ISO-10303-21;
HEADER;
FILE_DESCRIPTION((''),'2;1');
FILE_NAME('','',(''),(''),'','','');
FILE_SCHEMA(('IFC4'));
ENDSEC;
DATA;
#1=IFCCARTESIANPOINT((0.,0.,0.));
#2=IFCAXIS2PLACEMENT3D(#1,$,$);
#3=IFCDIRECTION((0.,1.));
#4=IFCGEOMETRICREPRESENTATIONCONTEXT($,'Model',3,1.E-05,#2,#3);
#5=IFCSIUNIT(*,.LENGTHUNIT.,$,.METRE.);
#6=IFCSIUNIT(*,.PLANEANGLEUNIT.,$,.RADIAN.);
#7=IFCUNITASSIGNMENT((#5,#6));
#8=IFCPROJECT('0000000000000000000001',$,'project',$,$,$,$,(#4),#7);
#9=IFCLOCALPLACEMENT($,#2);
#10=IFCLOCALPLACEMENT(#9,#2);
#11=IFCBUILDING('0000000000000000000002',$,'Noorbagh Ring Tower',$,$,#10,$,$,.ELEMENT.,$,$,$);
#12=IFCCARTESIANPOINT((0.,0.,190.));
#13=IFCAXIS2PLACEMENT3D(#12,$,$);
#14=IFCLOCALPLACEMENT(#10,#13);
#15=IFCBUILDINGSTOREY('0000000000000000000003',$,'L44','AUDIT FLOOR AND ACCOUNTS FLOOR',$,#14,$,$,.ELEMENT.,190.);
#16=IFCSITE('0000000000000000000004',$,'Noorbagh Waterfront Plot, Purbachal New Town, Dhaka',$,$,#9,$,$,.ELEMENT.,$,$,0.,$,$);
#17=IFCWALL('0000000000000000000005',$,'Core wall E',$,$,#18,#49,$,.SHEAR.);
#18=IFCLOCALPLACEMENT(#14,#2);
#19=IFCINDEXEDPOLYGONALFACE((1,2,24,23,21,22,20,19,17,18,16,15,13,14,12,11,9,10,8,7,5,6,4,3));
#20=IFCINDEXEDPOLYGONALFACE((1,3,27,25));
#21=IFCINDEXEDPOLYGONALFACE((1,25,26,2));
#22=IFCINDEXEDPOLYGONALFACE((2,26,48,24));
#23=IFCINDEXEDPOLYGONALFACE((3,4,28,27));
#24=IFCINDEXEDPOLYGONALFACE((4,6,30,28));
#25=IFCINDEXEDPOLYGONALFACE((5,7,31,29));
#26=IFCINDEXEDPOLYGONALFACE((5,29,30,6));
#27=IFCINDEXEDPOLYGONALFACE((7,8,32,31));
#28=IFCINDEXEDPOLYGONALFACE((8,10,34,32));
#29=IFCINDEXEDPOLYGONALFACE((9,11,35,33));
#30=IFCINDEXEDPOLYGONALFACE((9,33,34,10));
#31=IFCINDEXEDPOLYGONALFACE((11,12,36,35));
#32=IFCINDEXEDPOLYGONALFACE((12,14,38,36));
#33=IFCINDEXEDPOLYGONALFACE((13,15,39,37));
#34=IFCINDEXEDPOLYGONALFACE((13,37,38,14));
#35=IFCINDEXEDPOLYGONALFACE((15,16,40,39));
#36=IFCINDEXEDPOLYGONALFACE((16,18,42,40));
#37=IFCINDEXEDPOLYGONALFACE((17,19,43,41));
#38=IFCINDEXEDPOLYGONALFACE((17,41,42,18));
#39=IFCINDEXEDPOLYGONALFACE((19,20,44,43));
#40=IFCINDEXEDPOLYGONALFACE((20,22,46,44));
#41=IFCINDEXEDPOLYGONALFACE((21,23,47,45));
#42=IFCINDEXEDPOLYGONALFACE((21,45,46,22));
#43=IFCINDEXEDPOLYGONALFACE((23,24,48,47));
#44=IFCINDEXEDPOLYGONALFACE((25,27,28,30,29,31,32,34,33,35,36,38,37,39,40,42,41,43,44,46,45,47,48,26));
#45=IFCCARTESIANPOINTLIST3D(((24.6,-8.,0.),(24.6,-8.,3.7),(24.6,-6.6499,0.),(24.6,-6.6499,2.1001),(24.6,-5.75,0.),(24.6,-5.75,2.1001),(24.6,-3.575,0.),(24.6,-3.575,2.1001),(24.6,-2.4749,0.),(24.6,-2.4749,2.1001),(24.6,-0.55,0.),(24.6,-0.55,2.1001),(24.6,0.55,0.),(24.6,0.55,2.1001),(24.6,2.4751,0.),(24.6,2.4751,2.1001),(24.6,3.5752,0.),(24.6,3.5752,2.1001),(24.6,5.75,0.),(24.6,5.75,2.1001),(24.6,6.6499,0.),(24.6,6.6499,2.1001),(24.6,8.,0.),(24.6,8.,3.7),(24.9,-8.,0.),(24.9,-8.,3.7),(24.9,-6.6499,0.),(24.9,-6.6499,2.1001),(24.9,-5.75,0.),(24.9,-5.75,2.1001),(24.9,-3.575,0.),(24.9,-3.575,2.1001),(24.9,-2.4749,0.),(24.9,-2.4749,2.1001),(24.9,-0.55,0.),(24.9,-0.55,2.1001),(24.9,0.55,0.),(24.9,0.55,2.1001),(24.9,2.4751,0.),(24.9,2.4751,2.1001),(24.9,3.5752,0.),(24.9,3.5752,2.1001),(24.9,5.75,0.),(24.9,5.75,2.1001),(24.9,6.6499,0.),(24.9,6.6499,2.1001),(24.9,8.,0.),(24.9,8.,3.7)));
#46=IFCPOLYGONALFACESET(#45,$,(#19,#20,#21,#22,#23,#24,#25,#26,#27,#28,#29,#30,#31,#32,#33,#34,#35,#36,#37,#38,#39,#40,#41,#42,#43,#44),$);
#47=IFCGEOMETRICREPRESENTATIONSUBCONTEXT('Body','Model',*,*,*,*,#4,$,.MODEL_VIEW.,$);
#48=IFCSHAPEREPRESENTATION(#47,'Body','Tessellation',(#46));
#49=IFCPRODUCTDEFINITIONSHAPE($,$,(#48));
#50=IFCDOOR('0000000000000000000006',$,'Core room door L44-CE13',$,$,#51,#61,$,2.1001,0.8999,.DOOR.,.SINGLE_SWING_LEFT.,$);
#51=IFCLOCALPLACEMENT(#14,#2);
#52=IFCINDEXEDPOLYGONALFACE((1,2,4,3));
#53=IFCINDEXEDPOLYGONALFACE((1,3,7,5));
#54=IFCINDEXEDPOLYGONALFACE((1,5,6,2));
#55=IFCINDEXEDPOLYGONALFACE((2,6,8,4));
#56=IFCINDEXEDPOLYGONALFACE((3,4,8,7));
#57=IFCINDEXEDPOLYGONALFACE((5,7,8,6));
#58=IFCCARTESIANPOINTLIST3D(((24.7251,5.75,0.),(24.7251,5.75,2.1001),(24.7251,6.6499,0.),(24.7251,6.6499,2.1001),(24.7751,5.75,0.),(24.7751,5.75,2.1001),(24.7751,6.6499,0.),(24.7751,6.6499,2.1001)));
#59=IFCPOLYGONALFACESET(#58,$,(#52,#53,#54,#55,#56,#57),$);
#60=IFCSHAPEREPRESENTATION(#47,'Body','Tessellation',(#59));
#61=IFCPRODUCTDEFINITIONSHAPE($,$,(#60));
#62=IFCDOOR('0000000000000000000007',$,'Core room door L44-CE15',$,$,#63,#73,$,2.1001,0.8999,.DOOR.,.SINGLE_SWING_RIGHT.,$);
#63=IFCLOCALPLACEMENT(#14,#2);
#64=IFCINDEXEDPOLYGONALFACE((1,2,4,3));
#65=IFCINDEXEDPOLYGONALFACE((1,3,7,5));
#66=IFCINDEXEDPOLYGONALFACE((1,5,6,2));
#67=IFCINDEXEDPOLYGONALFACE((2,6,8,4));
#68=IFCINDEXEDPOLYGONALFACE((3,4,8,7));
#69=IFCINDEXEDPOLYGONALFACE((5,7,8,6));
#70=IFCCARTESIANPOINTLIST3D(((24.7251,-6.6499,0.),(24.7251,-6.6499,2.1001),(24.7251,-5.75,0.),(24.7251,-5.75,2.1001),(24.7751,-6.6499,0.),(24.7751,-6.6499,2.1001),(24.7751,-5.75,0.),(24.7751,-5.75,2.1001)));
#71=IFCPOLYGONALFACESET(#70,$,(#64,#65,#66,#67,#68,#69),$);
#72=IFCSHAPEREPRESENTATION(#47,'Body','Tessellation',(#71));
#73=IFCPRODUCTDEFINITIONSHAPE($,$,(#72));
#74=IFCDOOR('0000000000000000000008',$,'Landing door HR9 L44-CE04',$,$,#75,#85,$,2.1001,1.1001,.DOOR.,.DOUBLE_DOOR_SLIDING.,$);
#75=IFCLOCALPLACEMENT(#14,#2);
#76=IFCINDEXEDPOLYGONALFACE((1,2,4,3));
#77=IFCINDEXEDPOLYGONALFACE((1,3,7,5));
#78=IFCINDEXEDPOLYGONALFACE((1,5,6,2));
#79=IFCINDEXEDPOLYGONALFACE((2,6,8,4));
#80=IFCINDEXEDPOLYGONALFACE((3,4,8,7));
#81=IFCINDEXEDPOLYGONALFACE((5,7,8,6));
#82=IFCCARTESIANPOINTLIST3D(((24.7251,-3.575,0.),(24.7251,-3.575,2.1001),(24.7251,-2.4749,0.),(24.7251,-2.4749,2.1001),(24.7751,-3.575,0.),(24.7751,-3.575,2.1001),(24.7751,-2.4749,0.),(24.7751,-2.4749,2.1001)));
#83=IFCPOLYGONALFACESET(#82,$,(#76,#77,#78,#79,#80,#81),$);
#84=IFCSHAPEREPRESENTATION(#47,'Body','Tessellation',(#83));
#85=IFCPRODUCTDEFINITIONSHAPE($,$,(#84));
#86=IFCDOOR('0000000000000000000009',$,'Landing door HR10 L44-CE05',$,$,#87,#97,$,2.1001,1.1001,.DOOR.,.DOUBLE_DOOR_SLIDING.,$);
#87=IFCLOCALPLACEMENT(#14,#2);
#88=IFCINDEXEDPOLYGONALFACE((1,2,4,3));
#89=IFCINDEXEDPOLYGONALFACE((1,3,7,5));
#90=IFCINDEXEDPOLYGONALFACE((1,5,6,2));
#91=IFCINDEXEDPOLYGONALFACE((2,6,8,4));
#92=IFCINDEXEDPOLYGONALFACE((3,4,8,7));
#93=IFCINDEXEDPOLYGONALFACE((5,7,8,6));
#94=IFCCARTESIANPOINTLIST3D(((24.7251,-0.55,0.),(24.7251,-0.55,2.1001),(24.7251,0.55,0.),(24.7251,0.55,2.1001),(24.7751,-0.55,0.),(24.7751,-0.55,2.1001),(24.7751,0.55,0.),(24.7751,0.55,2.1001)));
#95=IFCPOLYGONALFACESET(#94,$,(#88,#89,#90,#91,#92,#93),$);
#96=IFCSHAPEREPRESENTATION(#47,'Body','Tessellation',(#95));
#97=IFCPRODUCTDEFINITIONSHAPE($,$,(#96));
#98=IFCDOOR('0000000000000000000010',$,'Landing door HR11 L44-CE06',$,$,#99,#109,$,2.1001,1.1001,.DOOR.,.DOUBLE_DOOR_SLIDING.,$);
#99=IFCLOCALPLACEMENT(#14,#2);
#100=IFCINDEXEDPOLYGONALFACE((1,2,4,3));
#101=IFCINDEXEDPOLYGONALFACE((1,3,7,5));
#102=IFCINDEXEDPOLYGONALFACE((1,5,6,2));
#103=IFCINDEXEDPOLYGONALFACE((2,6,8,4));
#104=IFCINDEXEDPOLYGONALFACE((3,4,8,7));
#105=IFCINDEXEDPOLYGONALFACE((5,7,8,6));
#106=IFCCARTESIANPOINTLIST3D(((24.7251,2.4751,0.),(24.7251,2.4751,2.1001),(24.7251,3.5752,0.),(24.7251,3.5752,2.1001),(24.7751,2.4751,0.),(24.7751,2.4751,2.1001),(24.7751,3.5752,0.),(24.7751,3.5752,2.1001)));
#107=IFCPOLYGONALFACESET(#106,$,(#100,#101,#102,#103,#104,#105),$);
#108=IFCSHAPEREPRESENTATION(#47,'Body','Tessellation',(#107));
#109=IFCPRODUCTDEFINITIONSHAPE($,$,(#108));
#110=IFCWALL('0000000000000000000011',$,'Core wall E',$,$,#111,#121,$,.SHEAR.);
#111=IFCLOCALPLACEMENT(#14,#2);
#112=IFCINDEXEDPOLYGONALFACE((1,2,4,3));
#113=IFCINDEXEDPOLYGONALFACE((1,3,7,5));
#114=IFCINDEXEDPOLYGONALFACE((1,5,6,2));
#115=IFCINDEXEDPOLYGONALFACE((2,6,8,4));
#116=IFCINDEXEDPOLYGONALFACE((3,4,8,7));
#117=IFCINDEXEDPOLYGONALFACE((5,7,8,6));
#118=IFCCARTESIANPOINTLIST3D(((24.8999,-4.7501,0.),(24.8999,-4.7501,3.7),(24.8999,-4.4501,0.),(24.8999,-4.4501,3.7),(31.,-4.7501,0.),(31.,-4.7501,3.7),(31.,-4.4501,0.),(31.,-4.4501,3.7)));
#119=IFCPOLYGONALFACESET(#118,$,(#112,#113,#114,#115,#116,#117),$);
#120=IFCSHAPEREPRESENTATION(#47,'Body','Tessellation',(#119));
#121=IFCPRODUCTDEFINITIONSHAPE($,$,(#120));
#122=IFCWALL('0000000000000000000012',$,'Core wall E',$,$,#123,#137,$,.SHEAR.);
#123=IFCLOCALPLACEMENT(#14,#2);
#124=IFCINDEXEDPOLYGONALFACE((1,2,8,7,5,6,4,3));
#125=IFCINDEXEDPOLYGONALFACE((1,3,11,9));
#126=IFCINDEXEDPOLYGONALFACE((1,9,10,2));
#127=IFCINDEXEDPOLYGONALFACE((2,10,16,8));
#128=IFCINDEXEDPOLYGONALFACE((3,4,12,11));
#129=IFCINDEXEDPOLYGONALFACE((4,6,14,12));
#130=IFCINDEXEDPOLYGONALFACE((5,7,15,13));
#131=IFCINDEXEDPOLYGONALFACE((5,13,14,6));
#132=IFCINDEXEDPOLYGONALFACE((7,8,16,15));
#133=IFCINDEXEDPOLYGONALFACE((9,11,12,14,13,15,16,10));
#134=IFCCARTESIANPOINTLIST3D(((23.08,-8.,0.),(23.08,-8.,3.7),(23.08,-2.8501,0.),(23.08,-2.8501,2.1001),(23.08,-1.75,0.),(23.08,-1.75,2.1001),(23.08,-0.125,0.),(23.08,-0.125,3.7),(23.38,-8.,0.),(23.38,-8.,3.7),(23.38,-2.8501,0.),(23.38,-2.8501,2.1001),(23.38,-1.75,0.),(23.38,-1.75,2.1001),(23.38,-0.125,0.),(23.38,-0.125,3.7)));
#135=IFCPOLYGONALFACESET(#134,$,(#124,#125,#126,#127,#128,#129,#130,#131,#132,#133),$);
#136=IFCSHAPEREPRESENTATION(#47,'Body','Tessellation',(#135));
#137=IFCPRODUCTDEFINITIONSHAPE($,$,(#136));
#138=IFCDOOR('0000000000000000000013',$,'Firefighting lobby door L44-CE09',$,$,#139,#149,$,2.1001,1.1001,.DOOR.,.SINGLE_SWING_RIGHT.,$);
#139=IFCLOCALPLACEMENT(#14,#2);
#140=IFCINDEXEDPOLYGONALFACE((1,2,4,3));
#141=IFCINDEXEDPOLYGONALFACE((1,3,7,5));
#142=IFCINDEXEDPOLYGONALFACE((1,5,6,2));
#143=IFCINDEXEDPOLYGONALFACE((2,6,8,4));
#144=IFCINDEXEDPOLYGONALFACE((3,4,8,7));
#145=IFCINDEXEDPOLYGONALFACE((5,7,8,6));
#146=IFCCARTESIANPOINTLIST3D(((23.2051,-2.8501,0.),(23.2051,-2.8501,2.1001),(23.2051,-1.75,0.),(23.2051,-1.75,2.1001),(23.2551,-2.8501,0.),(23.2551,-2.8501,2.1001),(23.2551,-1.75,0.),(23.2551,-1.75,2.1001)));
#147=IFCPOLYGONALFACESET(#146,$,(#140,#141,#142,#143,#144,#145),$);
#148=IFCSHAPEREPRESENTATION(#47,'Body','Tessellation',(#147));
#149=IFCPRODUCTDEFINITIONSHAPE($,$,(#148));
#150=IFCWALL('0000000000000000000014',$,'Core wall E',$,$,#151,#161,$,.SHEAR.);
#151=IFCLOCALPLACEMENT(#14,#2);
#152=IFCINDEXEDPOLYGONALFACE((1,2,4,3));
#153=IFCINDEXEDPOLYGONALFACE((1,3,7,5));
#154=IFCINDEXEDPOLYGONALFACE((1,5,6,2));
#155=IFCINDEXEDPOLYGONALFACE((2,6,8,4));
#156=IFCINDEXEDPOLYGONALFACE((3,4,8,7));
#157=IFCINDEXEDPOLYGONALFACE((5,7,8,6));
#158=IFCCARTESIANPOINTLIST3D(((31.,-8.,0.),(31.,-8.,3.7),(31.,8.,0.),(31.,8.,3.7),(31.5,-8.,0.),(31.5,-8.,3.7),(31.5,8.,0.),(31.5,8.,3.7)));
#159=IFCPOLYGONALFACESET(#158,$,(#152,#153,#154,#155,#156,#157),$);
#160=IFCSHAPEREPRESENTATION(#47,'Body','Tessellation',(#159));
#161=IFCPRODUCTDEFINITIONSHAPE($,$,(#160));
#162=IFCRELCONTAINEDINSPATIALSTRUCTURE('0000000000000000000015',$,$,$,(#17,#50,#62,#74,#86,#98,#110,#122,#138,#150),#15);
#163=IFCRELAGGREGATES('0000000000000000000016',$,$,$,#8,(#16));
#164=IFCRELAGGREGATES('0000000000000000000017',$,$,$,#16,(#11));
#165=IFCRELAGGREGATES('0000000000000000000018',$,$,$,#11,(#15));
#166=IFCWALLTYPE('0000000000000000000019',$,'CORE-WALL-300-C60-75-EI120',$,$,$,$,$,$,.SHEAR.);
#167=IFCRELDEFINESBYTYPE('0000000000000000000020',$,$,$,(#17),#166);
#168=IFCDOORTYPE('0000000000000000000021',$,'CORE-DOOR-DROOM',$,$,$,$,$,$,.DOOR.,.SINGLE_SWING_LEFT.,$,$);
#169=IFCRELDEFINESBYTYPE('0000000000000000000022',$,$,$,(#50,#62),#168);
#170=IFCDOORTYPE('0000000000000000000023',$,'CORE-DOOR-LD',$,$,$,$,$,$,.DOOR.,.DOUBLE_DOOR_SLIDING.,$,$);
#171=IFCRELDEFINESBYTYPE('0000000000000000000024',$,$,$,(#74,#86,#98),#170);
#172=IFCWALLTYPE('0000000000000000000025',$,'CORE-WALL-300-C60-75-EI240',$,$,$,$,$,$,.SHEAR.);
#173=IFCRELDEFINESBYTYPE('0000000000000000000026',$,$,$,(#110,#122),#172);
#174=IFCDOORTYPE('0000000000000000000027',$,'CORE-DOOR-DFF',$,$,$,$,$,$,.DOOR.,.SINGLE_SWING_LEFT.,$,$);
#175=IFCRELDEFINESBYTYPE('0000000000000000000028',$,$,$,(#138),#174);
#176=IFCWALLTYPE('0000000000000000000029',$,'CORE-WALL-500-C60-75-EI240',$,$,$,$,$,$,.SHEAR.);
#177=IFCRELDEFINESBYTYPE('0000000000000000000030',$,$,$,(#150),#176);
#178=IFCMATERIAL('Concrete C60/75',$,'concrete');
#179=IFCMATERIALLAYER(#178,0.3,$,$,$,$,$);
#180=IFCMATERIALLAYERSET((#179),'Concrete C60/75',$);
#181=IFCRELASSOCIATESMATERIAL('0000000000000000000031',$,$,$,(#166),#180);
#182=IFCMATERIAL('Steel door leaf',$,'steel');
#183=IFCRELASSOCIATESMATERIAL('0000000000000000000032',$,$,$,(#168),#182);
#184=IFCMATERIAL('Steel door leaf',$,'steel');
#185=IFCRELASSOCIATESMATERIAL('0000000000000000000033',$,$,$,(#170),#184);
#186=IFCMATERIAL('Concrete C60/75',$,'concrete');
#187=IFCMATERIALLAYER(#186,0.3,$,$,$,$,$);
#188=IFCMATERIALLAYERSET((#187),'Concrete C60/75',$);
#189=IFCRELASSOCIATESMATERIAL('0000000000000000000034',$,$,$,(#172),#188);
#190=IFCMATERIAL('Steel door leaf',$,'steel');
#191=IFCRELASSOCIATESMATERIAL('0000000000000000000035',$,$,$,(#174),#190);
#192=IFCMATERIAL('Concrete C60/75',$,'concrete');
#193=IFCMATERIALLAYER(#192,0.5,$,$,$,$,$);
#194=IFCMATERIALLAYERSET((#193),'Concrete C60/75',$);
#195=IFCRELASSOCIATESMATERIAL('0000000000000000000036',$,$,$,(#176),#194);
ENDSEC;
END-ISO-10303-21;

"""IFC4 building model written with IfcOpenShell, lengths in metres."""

from ifc_helpers import new_model, si_unit, direction, frame, frame_2d, origin, place, context, subcontext, project, spatial, rectangle, extrude, material, layer, layer_set, type_object, element, fill, save


model = new_model("IFC4")

# Units and contexts
model_context = context("Model", 3, precision=1e-05, world=origin(), true_north=direction((0.0, 1.0)))
body_context = subcontext(model_context, "Body", "Model", "MODEL_VIEW")
ifc_project = project(units=[si_unit("LENGTHUNIT", "METRE"), si_unit("PLANEANGLEUNIT", "RADIAN")], contexts=[model_context])

# Site, building, storey
site_placement = place(None, origin())
site = spatial("IfcSite", under=ifc_project, at=site_placement, Name="Noorbagh Waterfront Plot, Purbachal New Town, Dhaka", CompositionType="ELEMENT", RefElevation=0.0)
building_placement = place(site_placement, origin())
building = spatial("IfcBuilding", under=site, at=building_placement, Name="Noorbagh Ring Tower", CompositionType="ELEMENT")
storey_placement = place(building_placement, frame((0.0, 0.0, 190.0)))
storey = spatial("IfcBuildingStorey", under=building, at=storey_placement, Name="L44", Description="AUDIT FLOOR AND ACCOUNTS FLOOR", CompositionType="ELEMENT", Elevation=190.0)

# Shared definitions
ifc_material_1 = material(Name="Concrete C60/75", Category="concrete")
ifc_layer_1 = layer(ifc_material_1, 0.3)
ifc_layer_set_1 = layer_set([ifc_layer_1], Name="Concrete C60/75")
wall_type_1 = type_object("IfcWallType", Name="CORE-WALL-300-C60-75-EI120", PredefinedType="SHEAR", material=ifc_layer_set_1)

# Wall, openings, doors
wall_1_placement = place(storey_placement, frame((24.75, -8.0, 0.0), z_axis=(0.0, 0.0, 1.0), x_axis=(0.0, 1.0, 0.0)))
wall_1 = element("IfcWall", 1, at=wall_1_placement, inside=storey, type_object=wall_type_1, Name="Core wall E", PredefinedType="SHEAR", context=body_context, shape_type="SweptSolid", body=[
    extrude(rectangle(XDim=16.0, YDim=0.3, at=frame_2d((8.0, 0.0))), origin(), (0.0, 0.0, 1.0), 3.7),
])
opening_1_placement = place(wall_1_placement, frame((4.425, 0.0, 0.0)))
opening_1 = element("IfcOpeningElement", 2, at=opening_1_placement, cuts=wall_1, PredefinedType="OPENING", context=body_context, shape_type="SweptSolid", body=[
    extrude(rectangle(XDim=1.1001, YDim=2.1001, at=frame_2d((0.55, 1.05))), frame((0.0, 0.1602, 0.0), z_axis=(0.0, -1.0, 0.0), x_axis=(1.0, 0.0, 0.0)), (0.0, 0.0, 1.0), 0.3201),
])
opening_2_placement = place(wall_1_placement, frame((7.45, 0.0, 0.0)))
opening_2 = element("IfcOpeningElement", 3, at=opening_2_placement, cuts=wall_1, PredefinedType="OPENING", context=body_context, shape_type="SweptSolid", body=[
    extrude(rectangle(XDim=1.1001, YDim=2.1001, at=frame_2d((0.55, 1.05))), frame((0.0, 0.1602, 0.0), z_axis=(0.0, -1.0, 0.0), x_axis=(1.0, 0.0, 0.0)), (0.0, 0.0, 1.0), 0.3201),
])
opening_3_placement = place(wall_1_placement, frame((10.4751, 0.0, 0.0)))
opening_3 = element("IfcOpeningElement", 4, at=opening_3_placement, cuts=wall_1, PredefinedType="OPENING", context=body_context, shape_type="SweptSolid", body=[
    extrude(rectangle(XDim=1.1001, YDim=2.1001, at=frame_2d((0.55, 1.05))), frame((0.0, 0.1602, 0.0), z_axis=(0.0, -1.0, 0.0), x_axis=(1.0, 0.0, 0.0)), (0.0, 0.0, 1.0), 0.3201),
])
opening_4_placement = place(wall_1_placement, frame((13.75, 0.0, 0.0)))
opening_4 = element("IfcOpeningElement", 5, at=opening_4_placement, cuts=wall_1, PredefinedType="OPENING", context=body_context, shape_type="SweptSolid", body=[
    extrude(rectangle(XDim=0.8999, YDim=2.1001, at=frame_2d((0.45, 1.05))), frame((0.0, 0.1602, 0.0), z_axis=(0.0, -1.0, 0.0), x_axis=(1.0, 0.0, 0.0)), (0.0, 0.0, 1.0), 0.3201),
])
opening_5_placement = place(wall_1_placement, frame((1.3501, 0.0, 0.0)))
opening_5 = element("IfcOpeningElement", 6, at=opening_5_placement, cuts=wall_1, PredefinedType="OPENING", context=body_context, shape_type="SweptSolid", body=[
    extrude(rectangle(XDim=0.8999, YDim=2.1001, at=frame_2d((0.45, 1.05))), frame((0.0, 0.1602, 0.0), z_axis=(0.0, -1.0, 0.0), x_axis=(1.0, 0.0, 0.0)), (0.0, 0.0, 1.0), 0.3201),
])
ifc_material_2 = material(Name="Steel door leaf", Category="steel")
door_type_1 = type_object("IfcDoorType", Name="CORE-DOOR-DROOM", OperationType="SINGLE_SWING_LEFT", PredefinedType="DOOR", material=ifc_material_2)
door_1_placement = place(opening_4_placement, origin())
door_1 = element("IfcDoor", 7, at=door_1_placement, inside=storey, type_object=door_type_1, Name="Core room door L44-CE13", OperationType="SINGLE_SWING_LEFT", OverallHeight=2.1001, OverallWidth=0.8999, PredefinedType="DOOR", context=body_context, shape_type="SweptSolid", body=[
    extrude(rectangle(XDim=0.8999, YDim=2.1001, at=frame_2d((0.45, 1.05))), frame((0.0, 0.0249, 0.0), z_axis=(0.0, -1.0, 0.0), x_axis=(1.0, 0.0, 0.0)), (0.0, 0.0, 1.0), 0.05),
])
fill(opening_4, door_1)
door_2_placement = place(opening_5_placement, origin())
door_2 = element("IfcDoor", 8, at=door_2_placement, inside=storey, type_object=door_type_1, Name="Core room door L44-CE15", OperationType="SINGLE_SWING_RIGHT", OverallHeight=2.1001, OverallWidth=0.8999, PredefinedType="DOOR", context=body_context, shape_type="SweptSolid", body=[
    extrude(rectangle(XDim=0.8999, YDim=2.1001, at=frame_2d((0.45, 1.05))), frame((0.0, 0.0249, 0.0), z_axis=(0.0, -1.0, 0.0), x_axis=(1.0, 0.0, 0.0)), (0.0, 0.0, 1.0), 0.05),
])
fill(opening_5, door_2)
ifc_material_3 = material(Name="Steel door leaf", Category="steel")
door_type_2 = type_object("IfcDoorType", Name="CORE-DOOR-LD", OperationType="DOUBLE_DOOR_SLIDING", PredefinedType="DOOR", material=ifc_material_3)
door_3_placement = place(opening_1_placement, origin())
door_3 = element("IfcDoor", 9, at=door_3_placement, inside=storey, type_object=door_type_2, Name="Landing door HR9 L44-CE04", OperationType="DOUBLE_DOOR_SLIDING", OverallHeight=2.1001, OverallWidth=1.1001, PredefinedType="DOOR", context=body_context, shape_type="SweptSolid", body=[
    extrude(rectangle(XDim=1.1001, YDim=2.1001, at=frame_2d((0.55, 1.05))), frame((0.0, 0.0249, 0.0), z_axis=(0.0, -1.0, 0.0), x_axis=(1.0, 0.0, 0.0)), (0.0, 0.0, 1.0), 0.05),
])
fill(opening_1, door_3)
door_4_placement = place(opening_2_placement, origin())
door_4 = element("IfcDoor", 10, at=door_4_placement, inside=storey, type_object=door_type_2, Name="Landing door HR10 L44-CE05", OperationType="DOUBLE_DOOR_SLIDING", OverallHeight=2.1001, OverallWidth=1.1001, PredefinedType="DOOR", context=body_context, shape_type="SweptSolid", body=[
    extrude(rectangle(XDim=1.1001, YDim=2.1001, at=frame_2d((0.55, 1.05))), frame((0.0, 0.0249, 0.0), z_axis=(0.0, -1.0, 0.0), x_axis=(1.0, 0.0, 0.0)), (0.0, 0.0, 1.0), 0.05),
])
fill(opening_2, door_4)
door_5_placement = place(opening_3_placement, origin())
door_5 = element("IfcDoor", 11, at=door_5_placement, inside=storey, type_object=door_type_2, Name="Landing door HR11 L44-CE06", OperationType="DOUBLE_DOOR_SLIDING", OverallHeight=2.1001, OverallWidth=1.1001, PredefinedType="DOOR", context=body_context, shape_type="SweptSolid", body=[
    extrude(rectangle(XDim=1.1001, YDim=2.1001, at=frame_2d((0.55, 1.05))), frame((0.0, 0.0249, 0.0), z_axis=(0.0, -1.0, 0.0), x_axis=(1.0, 0.0, 0.0)), (0.0, 0.0, 1.0), 0.05),
])
fill(opening_3, door_5)

# Wall
ifc_material_4 = material(Name="Concrete C60/75", Category="concrete")
ifc_layer_2 = layer(ifc_material_4, 0.3)
ifc_layer_set_2 = layer_set([ifc_layer_2], Name="Concrete C60/75")
wall_type_2 = type_object("IfcWallType", Name="CORE-WALL-300-C60-75-EI240", PredefinedType="SHEAR", material=ifc_layer_set_2)
wall_2_placement = place(storey_placement, frame((24.8999, -4.6001, 0.0), z_axis=(0.0, 0.0, 1.0), x_axis=(1.0, 0.0, 0.0)))
element("IfcWall", 12, at=wall_2_placement, inside=storey, type_object=wall_type_2, Name="Core wall E", PredefinedType="SHEAR", context=body_context, shape_type="SweptSolid", body=[
    extrude(rectangle(XDim=6.1001, YDim=0.3, at=frame_2d((3.05, 0.0))), origin(), (0.0, 0.0, 1.0), 3.7),
])

# Wall, opening, door
wall_3_placement = place(storey_placement, frame((23.23, -8.0, 0.0), z_axis=(0.0, 0.0, 1.0), x_axis=(0.0, 1.0, 0.0)))
wall_3 = element("IfcWall", 13, at=wall_3_placement, inside=storey, type_object=wall_type_2, Name="Core wall E", PredefinedType="SHEAR", context=body_context, shape_type="SweptSolid", body=[
    extrude(rectangle(XDim=7.875, YDim=0.3, at=frame_2d((3.9375, 0.0))), origin(), (0.0, 0.0, 1.0), 3.7),
])
opening_6_placement = place(wall_3_placement, frame((5.1499, 0.0, 0.0)))
opening_6 = element("IfcOpeningElement", 14, at=opening_6_placement, cuts=wall_3, PredefinedType="OPENING", context=body_context, shape_type="SweptSolid", body=[
    extrude(rectangle(XDim=1.1001, YDim=2.1001, at=frame_2d((0.55, 1.05))), frame((0.0, 0.1602, 0.0), z_axis=(0.0, -1.0, 0.0), x_axis=(1.0, 0.0, 0.0)), (0.0, 0.0, 1.0), 0.3201),
])
ifc_material_5 = material(Name="Steel door leaf", Category="steel")
door_type_3 = type_object("IfcDoorType", Name="CORE-DOOR-DFF", OperationType="SINGLE_SWING_LEFT", PredefinedType="DOOR", material=ifc_material_5)
door_6_placement = place(opening_6_placement, origin())
door_6 = element("IfcDoor", 15, at=door_6_placement, inside=storey, type_object=door_type_3, Name="Firefighting lobby door L44-CE09", OperationType="SINGLE_SWING_RIGHT", OverallHeight=2.1001, OverallWidth=1.1001, PredefinedType="DOOR", context=body_context, shape_type="SweptSolid", body=[
    extrude(rectangle(XDim=1.1001, YDim=2.1001, at=frame_2d((0.55, 1.05))), frame((0.0, 0.0249, 0.0), z_axis=(0.0, -1.0, 0.0), x_axis=(1.0, 0.0, 0.0)), (0.0, 0.0, 1.0), 0.05),
])
fill(opening_6, door_6)

# Wall
ifc_material_6 = material(Name="Concrete C60/75", Category="concrete")
ifc_layer_3 = layer(ifc_material_6, 0.5)
ifc_layer_set_3 = layer_set([ifc_layer_3], Name="Concrete C60/75")
wall_type_3 = type_object("IfcWallType", Name="CORE-WALL-500-C60-75-EI240", PredefinedType="SHEAR", material=ifc_layer_set_3)
wall_4_placement = place(storey_placement, frame((31.25, -8.0, 0.0), z_axis=(0.0, 0.0, 1.0), x_axis=(0.0, 1.0, 0.0)))
element("IfcWall", 16, at=wall_4_placement, inside=storey, type_object=wall_type_3, Name="Core wall E", PredefinedType="SHEAR", context=body_context, shape_type="SweptSolid", body=[
    extrude(rectangle(XDim=16.0, YDim=0.5, at=frame_2d((8.0, 0.0))), origin(), (0.0, 0.0, 1.0), 3.7),
])

save(model, "model.ifc")
